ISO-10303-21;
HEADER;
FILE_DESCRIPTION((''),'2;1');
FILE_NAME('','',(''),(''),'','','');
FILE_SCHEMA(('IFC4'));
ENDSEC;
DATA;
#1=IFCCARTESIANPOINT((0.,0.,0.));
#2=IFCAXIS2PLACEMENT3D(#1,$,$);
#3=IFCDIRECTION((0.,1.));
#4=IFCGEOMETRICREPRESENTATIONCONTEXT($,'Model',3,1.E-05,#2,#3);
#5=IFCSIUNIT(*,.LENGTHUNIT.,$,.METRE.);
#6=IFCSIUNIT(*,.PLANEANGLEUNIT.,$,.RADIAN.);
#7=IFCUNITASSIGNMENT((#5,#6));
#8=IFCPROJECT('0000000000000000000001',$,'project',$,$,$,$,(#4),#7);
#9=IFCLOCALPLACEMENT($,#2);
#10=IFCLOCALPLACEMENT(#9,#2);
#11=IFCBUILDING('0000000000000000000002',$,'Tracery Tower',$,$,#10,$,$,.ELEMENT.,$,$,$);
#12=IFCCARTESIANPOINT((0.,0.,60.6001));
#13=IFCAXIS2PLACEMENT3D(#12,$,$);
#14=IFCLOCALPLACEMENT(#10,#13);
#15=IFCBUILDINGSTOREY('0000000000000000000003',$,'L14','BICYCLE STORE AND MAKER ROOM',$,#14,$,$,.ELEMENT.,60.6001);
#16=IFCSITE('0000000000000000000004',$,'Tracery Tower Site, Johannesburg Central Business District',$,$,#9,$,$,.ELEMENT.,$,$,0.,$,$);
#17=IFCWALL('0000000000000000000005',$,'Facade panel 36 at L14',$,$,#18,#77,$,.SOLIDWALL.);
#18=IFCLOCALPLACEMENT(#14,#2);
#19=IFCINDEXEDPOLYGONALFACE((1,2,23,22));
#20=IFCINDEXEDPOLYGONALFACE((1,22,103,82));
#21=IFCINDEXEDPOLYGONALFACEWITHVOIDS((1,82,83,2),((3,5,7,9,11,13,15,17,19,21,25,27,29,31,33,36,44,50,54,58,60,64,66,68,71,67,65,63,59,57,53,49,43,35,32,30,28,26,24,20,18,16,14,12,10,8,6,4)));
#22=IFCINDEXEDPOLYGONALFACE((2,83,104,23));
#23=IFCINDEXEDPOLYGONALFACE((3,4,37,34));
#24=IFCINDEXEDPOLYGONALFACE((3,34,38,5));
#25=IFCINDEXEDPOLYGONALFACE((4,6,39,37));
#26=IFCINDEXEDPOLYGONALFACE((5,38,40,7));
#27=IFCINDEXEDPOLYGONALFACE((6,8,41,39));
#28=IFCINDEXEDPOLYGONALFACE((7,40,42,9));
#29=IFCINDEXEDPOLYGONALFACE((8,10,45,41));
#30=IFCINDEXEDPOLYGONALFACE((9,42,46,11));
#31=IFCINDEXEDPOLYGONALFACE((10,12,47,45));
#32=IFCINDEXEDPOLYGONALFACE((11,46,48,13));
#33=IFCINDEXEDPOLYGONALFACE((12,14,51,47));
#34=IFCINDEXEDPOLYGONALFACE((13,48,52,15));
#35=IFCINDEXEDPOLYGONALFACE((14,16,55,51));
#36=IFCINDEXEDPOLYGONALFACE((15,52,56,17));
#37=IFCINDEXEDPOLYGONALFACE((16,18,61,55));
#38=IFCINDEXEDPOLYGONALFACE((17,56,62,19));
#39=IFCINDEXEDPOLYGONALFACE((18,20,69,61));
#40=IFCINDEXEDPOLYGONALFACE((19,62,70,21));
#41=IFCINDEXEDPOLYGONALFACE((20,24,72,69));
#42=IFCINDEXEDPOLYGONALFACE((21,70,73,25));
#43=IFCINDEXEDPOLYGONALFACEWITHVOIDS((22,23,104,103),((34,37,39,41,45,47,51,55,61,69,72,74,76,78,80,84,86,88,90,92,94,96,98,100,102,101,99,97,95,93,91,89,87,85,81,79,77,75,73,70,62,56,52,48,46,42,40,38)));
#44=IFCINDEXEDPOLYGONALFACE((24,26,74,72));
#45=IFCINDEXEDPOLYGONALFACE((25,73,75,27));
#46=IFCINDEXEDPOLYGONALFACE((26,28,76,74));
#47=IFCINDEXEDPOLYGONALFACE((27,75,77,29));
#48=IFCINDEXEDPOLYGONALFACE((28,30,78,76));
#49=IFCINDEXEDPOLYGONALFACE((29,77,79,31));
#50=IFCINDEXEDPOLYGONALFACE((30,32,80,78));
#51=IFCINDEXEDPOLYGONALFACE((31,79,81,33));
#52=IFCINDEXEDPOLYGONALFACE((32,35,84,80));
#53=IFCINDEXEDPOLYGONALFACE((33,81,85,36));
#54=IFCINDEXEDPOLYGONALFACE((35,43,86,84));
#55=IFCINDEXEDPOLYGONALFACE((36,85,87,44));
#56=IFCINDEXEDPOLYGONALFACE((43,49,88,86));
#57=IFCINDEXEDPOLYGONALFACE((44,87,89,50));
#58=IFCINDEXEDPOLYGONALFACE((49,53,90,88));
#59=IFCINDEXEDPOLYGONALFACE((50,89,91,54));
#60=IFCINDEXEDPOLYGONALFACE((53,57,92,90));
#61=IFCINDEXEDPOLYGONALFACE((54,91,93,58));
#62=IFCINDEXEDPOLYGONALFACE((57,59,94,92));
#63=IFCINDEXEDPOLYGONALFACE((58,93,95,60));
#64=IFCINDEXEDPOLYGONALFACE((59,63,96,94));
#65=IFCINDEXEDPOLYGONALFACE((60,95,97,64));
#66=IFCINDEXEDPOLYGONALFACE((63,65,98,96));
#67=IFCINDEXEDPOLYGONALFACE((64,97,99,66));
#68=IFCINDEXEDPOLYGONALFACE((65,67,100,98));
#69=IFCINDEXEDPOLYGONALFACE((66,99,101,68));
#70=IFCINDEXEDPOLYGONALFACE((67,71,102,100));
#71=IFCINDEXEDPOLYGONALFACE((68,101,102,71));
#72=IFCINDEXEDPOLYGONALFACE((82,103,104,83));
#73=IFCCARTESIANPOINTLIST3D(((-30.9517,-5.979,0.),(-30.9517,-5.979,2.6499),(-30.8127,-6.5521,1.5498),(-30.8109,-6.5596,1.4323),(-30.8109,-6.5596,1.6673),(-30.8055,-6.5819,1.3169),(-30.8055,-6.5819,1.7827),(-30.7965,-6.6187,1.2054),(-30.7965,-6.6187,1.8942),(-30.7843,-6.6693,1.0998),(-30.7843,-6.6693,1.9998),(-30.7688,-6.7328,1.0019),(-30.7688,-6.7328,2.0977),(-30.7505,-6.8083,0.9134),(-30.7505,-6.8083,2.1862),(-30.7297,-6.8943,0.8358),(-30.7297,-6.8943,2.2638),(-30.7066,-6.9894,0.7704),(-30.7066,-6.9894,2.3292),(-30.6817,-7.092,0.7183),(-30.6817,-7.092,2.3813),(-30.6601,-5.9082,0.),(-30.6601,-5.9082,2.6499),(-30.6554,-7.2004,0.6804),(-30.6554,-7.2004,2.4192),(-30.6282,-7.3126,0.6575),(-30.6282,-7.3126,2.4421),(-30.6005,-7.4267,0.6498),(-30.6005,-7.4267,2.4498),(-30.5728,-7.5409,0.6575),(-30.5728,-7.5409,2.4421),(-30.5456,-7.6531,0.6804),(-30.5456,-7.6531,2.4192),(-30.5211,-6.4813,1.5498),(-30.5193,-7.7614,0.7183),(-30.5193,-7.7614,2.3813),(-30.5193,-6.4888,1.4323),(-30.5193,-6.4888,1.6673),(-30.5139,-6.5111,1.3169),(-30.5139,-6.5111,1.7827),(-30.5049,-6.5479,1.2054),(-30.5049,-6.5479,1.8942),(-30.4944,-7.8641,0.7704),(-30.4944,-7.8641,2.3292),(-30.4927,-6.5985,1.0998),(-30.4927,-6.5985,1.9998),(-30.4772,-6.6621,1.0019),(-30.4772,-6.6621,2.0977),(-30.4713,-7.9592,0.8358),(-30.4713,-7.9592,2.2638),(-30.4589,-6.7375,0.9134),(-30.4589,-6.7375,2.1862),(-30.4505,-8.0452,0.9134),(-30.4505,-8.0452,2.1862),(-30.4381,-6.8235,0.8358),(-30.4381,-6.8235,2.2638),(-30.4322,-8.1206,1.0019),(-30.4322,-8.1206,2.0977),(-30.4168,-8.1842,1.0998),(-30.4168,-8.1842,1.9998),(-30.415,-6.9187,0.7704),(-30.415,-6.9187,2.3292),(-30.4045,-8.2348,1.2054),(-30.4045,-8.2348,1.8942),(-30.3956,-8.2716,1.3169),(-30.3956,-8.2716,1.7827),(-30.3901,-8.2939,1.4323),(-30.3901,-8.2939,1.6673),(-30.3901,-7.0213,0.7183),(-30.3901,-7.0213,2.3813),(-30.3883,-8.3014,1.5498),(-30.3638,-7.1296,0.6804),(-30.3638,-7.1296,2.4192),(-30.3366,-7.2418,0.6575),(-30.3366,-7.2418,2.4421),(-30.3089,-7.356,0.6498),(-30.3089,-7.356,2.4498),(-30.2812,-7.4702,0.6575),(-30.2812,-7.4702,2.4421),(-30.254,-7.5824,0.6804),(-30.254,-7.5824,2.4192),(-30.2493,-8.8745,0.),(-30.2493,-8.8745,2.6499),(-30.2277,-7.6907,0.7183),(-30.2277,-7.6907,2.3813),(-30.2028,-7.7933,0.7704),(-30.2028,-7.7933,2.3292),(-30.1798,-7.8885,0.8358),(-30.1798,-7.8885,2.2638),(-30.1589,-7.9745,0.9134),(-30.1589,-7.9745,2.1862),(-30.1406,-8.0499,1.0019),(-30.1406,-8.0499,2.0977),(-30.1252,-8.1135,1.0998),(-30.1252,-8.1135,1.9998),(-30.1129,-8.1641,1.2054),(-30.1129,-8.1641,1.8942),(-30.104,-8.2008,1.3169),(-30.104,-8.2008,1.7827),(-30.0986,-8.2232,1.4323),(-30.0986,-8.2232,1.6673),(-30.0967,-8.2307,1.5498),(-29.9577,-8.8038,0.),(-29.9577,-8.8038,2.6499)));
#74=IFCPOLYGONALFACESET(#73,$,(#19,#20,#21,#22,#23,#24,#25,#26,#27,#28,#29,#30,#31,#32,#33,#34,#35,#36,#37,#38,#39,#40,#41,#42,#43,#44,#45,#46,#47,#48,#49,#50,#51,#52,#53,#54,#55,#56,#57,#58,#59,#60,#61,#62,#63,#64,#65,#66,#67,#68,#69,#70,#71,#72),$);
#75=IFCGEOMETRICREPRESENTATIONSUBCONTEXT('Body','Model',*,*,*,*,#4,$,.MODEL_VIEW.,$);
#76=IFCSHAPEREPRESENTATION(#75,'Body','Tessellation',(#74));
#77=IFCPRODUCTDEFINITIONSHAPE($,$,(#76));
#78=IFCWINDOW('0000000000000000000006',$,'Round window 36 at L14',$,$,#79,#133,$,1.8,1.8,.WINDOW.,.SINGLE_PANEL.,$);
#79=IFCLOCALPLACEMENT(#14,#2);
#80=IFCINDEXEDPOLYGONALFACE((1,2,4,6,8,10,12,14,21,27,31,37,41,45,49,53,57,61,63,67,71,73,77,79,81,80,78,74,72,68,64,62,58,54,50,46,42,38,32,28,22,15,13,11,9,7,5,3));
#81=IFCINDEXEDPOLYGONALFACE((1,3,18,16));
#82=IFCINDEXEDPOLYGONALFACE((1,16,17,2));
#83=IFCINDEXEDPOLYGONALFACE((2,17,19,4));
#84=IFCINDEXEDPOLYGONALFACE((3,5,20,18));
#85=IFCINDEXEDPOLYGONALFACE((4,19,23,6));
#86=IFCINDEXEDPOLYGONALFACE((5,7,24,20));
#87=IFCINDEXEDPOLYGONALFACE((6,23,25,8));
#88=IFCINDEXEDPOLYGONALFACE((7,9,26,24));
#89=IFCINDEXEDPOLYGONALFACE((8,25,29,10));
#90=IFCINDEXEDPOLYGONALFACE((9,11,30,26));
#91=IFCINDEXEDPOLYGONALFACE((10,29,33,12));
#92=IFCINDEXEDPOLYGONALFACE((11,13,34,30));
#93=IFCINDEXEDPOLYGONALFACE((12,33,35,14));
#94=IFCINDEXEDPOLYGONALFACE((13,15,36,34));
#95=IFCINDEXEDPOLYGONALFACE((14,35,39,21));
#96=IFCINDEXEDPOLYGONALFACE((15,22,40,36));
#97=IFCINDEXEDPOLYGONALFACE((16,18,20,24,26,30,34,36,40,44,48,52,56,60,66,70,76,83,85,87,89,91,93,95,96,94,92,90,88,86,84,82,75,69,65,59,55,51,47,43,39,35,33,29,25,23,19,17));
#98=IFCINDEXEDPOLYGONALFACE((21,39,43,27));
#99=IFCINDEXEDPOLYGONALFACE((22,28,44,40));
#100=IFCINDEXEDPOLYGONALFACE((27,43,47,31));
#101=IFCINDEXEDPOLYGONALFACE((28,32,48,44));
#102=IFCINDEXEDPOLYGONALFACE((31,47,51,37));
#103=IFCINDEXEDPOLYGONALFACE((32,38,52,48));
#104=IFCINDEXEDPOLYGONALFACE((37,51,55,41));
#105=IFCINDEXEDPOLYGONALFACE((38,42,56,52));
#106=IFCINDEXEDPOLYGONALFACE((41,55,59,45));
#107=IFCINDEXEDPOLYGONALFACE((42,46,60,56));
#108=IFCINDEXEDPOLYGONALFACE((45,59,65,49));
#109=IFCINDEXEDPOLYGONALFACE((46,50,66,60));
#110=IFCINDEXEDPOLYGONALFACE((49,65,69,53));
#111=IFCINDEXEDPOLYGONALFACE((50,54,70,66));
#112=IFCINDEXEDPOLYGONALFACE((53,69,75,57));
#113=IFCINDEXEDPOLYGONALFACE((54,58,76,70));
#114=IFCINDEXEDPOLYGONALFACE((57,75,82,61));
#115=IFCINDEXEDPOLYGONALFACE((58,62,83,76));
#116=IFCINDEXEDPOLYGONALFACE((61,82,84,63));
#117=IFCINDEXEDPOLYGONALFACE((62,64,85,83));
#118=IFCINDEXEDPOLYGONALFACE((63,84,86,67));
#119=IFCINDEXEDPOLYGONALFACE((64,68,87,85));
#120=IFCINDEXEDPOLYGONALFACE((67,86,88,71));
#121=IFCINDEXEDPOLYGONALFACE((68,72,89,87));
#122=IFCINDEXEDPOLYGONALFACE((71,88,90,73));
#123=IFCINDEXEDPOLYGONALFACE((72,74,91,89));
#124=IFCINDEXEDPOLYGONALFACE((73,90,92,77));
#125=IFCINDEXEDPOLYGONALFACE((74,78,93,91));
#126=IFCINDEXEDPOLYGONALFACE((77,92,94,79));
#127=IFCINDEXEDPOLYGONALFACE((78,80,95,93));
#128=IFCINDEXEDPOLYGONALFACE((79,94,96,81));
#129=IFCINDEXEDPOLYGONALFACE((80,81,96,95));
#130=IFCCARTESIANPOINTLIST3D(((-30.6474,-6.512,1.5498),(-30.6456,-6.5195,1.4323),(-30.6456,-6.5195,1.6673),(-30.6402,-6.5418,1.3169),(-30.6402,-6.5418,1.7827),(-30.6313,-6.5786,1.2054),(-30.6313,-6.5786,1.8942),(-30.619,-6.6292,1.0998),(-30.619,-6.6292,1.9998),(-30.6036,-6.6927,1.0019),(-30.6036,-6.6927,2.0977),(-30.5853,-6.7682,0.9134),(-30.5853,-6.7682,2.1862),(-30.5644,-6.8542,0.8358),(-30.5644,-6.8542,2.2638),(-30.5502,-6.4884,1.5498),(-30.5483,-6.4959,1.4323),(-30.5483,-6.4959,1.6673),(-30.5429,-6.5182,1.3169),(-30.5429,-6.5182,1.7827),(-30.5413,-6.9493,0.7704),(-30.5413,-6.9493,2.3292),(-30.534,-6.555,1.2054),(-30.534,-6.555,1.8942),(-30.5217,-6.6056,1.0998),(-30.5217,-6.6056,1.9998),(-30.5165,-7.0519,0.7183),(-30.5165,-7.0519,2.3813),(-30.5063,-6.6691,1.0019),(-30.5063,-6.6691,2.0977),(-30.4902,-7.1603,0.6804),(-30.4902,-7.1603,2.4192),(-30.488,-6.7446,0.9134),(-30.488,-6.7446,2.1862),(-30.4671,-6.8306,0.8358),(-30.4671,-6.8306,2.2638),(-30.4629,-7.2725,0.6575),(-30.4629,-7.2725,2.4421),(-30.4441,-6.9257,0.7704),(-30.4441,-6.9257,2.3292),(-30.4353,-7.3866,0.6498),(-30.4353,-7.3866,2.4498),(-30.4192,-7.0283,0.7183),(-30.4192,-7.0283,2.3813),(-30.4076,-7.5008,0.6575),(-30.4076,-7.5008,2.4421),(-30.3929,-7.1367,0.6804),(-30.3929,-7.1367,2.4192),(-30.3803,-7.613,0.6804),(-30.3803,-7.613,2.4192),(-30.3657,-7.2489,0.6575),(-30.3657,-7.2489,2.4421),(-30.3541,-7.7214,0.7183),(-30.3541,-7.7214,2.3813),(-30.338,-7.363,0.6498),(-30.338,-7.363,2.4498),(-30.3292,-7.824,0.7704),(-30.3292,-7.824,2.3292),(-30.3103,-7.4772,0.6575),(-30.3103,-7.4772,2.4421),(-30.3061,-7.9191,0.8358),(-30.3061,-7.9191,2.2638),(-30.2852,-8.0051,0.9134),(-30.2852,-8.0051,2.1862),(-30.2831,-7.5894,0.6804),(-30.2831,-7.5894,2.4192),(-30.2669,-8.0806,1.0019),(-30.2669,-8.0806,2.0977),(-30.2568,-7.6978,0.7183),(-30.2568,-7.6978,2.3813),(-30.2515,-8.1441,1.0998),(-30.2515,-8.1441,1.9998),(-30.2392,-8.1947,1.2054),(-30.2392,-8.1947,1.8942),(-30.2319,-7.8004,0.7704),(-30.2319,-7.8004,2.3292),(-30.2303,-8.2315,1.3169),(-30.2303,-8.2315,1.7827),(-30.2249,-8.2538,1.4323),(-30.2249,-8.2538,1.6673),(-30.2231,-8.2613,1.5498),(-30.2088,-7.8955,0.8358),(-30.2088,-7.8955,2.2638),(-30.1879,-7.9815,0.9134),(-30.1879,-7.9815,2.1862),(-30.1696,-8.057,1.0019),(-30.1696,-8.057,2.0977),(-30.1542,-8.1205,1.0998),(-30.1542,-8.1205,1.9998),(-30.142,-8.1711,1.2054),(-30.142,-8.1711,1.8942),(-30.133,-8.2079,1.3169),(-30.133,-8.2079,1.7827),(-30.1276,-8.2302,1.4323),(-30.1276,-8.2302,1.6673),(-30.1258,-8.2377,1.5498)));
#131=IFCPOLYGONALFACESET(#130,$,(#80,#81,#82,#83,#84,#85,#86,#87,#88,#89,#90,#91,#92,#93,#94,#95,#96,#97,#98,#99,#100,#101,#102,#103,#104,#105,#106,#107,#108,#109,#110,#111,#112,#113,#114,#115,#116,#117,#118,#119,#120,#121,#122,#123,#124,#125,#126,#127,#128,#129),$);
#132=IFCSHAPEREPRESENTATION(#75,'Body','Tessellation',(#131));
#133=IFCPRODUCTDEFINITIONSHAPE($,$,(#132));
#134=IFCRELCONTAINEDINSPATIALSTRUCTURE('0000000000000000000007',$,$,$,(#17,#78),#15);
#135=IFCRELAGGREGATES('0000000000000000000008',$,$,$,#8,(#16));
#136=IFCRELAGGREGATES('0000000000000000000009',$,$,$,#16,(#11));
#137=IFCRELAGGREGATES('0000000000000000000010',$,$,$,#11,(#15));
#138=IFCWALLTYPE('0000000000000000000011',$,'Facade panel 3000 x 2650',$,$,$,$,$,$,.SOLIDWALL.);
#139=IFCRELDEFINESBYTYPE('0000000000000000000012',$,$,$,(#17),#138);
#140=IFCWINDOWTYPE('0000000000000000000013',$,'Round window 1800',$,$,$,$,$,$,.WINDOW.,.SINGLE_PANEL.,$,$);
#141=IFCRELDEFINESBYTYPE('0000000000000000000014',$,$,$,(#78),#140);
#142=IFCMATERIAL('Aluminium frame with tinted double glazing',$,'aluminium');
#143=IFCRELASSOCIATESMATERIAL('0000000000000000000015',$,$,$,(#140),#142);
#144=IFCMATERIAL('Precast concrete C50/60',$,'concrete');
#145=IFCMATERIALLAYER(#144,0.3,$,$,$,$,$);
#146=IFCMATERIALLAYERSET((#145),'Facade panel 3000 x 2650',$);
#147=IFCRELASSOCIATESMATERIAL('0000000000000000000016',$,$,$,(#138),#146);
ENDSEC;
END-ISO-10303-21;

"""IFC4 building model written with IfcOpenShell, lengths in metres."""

from ifc_helpers import new_model, si_unit, direction, frame, frame_2d, origin, origin_2d, place, context, subcontext, project, spatial, rectangle, circle, extrude, material, layer, layer_set, type_object, element, fill, save


model = new_model("IFC4")

# Units and contexts
model_context = context("Model", 3, precision=1e-05, world=origin(), true_north=direction((0.0, 1.0)))
body_context = subcontext(model_context, "Body", "Model", "MODEL_VIEW")
ifc_project = project(units=[si_unit("LENGTHUNIT", "METRE"), si_unit("PLANEANGLEUNIT", "RADIAN")], contexts=[model_context])

# Site, building, storey
site_placement = place(None, origin())
site = spatial("IfcSite", under=ifc_project, at=site_placement, Name="Tracery Tower Site, Johannesburg Central Business District", CompositionType="ELEMENT", RefElevation=0.0)
building_placement = place(site_placement, origin())
building = spatial("IfcBuilding", under=site, at=building_placement, Name="Tracery Tower", CompositionType="ELEMENT")
storey_placement = place(building_placement, frame((0.0, 0.0, 60.6001)))
storey = spatial("IfcBuildingStorey", under=building, at=storey_placement, Name="L14", Description="BICYCLE STORE AND MAKER ROOM", CompositionType="ELEMENT", Elevation=60.6001)

# Wall, opening, window
ifc_material_1 = material(Name="Aluminium frame with tinted double glazing", Category="aluminium")
window_type = type_object("IfcWindowType", Name="Round window 1800", PartitioningType="SINGLE_PANEL", PredefinedType="WINDOW", material=ifc_material_1)
ifc_material_2 = material(Name="Precast concrete C50/60", Category="concrete")
ifc_layer_1 = layer(ifc_material_2, 0.3)
ifc_layer_set_1 = layer_set([ifc_layer_1], Name="Facade panel 3000 x 2650")
wall_type_1 = type_object("IfcWallType", Name="Facade panel 3000 x 2650", PredefinedType="SOLIDWALL", material=ifc_layer_set_1)
wall_1_placement = place(storey_placement, frame((-30.8059, -5.9436, 0.0), z_axis=(0.0, 0.0, 1.0), x_axis=(0.235743, -0.971815, 0.0)))
wall_1 = element("IfcWall", 1, at=wall_1_placement, inside=storey, type_object=wall_type_1, Name="Facade panel 36 at L14", PredefinedType="SOLIDWALL", context=body_context, shape_type="SweptSolid", body=[
    extrude(rectangle(XDim=2.9795, YDim=0.3, at=frame_2d((1.4897, 0.0))), origin(), (0.0, 0.0, 1.0), 2.6499),
])
opening_1_placement = place(wall_1_placement, frame((1.4897, 0.0, 1.5498)))
opening_1 = element("IfcOpeningElement", 2, at=opening_1_placement, cuts=wall_1, PredefinedType="OPENING", context=body_context, shape_type="SweptSolid", body=[
    extrude(circle(Radius=0.9, at=origin_2d()), frame((0.0, 0.1599, 0.0), z_axis=(0.0, -1.0, 0.0), x_axis=(1.0, 0.0, 0.0)), (0.0, 0.0, 1.0), 0.3201),
])
window_1_placement = place(opening_1_placement, origin())
window_1 = element("IfcWindow", 3, at=window_1_placement, inside=storey, type_object=window_type, Name="Round window 36 at L14", OverallHeight=1.8, OverallWidth=1.8, PartitioningType="SINGLE_PANEL", PredefinedType="WINDOW", context=body_context, shape_type="SweptSolid", body=[
    extrude(circle(Radius=0.9, at=origin_2d()), frame((0.0, 0.1201, 0.0), z_axis=(0.0, -1.0, 0.0), x_axis=(1.0, 0.0, 0.0)), (0.0, 0.0, 1.0), 0.1001),
])
fill(opening_1, window_1)

save(model, "model.ifc")
